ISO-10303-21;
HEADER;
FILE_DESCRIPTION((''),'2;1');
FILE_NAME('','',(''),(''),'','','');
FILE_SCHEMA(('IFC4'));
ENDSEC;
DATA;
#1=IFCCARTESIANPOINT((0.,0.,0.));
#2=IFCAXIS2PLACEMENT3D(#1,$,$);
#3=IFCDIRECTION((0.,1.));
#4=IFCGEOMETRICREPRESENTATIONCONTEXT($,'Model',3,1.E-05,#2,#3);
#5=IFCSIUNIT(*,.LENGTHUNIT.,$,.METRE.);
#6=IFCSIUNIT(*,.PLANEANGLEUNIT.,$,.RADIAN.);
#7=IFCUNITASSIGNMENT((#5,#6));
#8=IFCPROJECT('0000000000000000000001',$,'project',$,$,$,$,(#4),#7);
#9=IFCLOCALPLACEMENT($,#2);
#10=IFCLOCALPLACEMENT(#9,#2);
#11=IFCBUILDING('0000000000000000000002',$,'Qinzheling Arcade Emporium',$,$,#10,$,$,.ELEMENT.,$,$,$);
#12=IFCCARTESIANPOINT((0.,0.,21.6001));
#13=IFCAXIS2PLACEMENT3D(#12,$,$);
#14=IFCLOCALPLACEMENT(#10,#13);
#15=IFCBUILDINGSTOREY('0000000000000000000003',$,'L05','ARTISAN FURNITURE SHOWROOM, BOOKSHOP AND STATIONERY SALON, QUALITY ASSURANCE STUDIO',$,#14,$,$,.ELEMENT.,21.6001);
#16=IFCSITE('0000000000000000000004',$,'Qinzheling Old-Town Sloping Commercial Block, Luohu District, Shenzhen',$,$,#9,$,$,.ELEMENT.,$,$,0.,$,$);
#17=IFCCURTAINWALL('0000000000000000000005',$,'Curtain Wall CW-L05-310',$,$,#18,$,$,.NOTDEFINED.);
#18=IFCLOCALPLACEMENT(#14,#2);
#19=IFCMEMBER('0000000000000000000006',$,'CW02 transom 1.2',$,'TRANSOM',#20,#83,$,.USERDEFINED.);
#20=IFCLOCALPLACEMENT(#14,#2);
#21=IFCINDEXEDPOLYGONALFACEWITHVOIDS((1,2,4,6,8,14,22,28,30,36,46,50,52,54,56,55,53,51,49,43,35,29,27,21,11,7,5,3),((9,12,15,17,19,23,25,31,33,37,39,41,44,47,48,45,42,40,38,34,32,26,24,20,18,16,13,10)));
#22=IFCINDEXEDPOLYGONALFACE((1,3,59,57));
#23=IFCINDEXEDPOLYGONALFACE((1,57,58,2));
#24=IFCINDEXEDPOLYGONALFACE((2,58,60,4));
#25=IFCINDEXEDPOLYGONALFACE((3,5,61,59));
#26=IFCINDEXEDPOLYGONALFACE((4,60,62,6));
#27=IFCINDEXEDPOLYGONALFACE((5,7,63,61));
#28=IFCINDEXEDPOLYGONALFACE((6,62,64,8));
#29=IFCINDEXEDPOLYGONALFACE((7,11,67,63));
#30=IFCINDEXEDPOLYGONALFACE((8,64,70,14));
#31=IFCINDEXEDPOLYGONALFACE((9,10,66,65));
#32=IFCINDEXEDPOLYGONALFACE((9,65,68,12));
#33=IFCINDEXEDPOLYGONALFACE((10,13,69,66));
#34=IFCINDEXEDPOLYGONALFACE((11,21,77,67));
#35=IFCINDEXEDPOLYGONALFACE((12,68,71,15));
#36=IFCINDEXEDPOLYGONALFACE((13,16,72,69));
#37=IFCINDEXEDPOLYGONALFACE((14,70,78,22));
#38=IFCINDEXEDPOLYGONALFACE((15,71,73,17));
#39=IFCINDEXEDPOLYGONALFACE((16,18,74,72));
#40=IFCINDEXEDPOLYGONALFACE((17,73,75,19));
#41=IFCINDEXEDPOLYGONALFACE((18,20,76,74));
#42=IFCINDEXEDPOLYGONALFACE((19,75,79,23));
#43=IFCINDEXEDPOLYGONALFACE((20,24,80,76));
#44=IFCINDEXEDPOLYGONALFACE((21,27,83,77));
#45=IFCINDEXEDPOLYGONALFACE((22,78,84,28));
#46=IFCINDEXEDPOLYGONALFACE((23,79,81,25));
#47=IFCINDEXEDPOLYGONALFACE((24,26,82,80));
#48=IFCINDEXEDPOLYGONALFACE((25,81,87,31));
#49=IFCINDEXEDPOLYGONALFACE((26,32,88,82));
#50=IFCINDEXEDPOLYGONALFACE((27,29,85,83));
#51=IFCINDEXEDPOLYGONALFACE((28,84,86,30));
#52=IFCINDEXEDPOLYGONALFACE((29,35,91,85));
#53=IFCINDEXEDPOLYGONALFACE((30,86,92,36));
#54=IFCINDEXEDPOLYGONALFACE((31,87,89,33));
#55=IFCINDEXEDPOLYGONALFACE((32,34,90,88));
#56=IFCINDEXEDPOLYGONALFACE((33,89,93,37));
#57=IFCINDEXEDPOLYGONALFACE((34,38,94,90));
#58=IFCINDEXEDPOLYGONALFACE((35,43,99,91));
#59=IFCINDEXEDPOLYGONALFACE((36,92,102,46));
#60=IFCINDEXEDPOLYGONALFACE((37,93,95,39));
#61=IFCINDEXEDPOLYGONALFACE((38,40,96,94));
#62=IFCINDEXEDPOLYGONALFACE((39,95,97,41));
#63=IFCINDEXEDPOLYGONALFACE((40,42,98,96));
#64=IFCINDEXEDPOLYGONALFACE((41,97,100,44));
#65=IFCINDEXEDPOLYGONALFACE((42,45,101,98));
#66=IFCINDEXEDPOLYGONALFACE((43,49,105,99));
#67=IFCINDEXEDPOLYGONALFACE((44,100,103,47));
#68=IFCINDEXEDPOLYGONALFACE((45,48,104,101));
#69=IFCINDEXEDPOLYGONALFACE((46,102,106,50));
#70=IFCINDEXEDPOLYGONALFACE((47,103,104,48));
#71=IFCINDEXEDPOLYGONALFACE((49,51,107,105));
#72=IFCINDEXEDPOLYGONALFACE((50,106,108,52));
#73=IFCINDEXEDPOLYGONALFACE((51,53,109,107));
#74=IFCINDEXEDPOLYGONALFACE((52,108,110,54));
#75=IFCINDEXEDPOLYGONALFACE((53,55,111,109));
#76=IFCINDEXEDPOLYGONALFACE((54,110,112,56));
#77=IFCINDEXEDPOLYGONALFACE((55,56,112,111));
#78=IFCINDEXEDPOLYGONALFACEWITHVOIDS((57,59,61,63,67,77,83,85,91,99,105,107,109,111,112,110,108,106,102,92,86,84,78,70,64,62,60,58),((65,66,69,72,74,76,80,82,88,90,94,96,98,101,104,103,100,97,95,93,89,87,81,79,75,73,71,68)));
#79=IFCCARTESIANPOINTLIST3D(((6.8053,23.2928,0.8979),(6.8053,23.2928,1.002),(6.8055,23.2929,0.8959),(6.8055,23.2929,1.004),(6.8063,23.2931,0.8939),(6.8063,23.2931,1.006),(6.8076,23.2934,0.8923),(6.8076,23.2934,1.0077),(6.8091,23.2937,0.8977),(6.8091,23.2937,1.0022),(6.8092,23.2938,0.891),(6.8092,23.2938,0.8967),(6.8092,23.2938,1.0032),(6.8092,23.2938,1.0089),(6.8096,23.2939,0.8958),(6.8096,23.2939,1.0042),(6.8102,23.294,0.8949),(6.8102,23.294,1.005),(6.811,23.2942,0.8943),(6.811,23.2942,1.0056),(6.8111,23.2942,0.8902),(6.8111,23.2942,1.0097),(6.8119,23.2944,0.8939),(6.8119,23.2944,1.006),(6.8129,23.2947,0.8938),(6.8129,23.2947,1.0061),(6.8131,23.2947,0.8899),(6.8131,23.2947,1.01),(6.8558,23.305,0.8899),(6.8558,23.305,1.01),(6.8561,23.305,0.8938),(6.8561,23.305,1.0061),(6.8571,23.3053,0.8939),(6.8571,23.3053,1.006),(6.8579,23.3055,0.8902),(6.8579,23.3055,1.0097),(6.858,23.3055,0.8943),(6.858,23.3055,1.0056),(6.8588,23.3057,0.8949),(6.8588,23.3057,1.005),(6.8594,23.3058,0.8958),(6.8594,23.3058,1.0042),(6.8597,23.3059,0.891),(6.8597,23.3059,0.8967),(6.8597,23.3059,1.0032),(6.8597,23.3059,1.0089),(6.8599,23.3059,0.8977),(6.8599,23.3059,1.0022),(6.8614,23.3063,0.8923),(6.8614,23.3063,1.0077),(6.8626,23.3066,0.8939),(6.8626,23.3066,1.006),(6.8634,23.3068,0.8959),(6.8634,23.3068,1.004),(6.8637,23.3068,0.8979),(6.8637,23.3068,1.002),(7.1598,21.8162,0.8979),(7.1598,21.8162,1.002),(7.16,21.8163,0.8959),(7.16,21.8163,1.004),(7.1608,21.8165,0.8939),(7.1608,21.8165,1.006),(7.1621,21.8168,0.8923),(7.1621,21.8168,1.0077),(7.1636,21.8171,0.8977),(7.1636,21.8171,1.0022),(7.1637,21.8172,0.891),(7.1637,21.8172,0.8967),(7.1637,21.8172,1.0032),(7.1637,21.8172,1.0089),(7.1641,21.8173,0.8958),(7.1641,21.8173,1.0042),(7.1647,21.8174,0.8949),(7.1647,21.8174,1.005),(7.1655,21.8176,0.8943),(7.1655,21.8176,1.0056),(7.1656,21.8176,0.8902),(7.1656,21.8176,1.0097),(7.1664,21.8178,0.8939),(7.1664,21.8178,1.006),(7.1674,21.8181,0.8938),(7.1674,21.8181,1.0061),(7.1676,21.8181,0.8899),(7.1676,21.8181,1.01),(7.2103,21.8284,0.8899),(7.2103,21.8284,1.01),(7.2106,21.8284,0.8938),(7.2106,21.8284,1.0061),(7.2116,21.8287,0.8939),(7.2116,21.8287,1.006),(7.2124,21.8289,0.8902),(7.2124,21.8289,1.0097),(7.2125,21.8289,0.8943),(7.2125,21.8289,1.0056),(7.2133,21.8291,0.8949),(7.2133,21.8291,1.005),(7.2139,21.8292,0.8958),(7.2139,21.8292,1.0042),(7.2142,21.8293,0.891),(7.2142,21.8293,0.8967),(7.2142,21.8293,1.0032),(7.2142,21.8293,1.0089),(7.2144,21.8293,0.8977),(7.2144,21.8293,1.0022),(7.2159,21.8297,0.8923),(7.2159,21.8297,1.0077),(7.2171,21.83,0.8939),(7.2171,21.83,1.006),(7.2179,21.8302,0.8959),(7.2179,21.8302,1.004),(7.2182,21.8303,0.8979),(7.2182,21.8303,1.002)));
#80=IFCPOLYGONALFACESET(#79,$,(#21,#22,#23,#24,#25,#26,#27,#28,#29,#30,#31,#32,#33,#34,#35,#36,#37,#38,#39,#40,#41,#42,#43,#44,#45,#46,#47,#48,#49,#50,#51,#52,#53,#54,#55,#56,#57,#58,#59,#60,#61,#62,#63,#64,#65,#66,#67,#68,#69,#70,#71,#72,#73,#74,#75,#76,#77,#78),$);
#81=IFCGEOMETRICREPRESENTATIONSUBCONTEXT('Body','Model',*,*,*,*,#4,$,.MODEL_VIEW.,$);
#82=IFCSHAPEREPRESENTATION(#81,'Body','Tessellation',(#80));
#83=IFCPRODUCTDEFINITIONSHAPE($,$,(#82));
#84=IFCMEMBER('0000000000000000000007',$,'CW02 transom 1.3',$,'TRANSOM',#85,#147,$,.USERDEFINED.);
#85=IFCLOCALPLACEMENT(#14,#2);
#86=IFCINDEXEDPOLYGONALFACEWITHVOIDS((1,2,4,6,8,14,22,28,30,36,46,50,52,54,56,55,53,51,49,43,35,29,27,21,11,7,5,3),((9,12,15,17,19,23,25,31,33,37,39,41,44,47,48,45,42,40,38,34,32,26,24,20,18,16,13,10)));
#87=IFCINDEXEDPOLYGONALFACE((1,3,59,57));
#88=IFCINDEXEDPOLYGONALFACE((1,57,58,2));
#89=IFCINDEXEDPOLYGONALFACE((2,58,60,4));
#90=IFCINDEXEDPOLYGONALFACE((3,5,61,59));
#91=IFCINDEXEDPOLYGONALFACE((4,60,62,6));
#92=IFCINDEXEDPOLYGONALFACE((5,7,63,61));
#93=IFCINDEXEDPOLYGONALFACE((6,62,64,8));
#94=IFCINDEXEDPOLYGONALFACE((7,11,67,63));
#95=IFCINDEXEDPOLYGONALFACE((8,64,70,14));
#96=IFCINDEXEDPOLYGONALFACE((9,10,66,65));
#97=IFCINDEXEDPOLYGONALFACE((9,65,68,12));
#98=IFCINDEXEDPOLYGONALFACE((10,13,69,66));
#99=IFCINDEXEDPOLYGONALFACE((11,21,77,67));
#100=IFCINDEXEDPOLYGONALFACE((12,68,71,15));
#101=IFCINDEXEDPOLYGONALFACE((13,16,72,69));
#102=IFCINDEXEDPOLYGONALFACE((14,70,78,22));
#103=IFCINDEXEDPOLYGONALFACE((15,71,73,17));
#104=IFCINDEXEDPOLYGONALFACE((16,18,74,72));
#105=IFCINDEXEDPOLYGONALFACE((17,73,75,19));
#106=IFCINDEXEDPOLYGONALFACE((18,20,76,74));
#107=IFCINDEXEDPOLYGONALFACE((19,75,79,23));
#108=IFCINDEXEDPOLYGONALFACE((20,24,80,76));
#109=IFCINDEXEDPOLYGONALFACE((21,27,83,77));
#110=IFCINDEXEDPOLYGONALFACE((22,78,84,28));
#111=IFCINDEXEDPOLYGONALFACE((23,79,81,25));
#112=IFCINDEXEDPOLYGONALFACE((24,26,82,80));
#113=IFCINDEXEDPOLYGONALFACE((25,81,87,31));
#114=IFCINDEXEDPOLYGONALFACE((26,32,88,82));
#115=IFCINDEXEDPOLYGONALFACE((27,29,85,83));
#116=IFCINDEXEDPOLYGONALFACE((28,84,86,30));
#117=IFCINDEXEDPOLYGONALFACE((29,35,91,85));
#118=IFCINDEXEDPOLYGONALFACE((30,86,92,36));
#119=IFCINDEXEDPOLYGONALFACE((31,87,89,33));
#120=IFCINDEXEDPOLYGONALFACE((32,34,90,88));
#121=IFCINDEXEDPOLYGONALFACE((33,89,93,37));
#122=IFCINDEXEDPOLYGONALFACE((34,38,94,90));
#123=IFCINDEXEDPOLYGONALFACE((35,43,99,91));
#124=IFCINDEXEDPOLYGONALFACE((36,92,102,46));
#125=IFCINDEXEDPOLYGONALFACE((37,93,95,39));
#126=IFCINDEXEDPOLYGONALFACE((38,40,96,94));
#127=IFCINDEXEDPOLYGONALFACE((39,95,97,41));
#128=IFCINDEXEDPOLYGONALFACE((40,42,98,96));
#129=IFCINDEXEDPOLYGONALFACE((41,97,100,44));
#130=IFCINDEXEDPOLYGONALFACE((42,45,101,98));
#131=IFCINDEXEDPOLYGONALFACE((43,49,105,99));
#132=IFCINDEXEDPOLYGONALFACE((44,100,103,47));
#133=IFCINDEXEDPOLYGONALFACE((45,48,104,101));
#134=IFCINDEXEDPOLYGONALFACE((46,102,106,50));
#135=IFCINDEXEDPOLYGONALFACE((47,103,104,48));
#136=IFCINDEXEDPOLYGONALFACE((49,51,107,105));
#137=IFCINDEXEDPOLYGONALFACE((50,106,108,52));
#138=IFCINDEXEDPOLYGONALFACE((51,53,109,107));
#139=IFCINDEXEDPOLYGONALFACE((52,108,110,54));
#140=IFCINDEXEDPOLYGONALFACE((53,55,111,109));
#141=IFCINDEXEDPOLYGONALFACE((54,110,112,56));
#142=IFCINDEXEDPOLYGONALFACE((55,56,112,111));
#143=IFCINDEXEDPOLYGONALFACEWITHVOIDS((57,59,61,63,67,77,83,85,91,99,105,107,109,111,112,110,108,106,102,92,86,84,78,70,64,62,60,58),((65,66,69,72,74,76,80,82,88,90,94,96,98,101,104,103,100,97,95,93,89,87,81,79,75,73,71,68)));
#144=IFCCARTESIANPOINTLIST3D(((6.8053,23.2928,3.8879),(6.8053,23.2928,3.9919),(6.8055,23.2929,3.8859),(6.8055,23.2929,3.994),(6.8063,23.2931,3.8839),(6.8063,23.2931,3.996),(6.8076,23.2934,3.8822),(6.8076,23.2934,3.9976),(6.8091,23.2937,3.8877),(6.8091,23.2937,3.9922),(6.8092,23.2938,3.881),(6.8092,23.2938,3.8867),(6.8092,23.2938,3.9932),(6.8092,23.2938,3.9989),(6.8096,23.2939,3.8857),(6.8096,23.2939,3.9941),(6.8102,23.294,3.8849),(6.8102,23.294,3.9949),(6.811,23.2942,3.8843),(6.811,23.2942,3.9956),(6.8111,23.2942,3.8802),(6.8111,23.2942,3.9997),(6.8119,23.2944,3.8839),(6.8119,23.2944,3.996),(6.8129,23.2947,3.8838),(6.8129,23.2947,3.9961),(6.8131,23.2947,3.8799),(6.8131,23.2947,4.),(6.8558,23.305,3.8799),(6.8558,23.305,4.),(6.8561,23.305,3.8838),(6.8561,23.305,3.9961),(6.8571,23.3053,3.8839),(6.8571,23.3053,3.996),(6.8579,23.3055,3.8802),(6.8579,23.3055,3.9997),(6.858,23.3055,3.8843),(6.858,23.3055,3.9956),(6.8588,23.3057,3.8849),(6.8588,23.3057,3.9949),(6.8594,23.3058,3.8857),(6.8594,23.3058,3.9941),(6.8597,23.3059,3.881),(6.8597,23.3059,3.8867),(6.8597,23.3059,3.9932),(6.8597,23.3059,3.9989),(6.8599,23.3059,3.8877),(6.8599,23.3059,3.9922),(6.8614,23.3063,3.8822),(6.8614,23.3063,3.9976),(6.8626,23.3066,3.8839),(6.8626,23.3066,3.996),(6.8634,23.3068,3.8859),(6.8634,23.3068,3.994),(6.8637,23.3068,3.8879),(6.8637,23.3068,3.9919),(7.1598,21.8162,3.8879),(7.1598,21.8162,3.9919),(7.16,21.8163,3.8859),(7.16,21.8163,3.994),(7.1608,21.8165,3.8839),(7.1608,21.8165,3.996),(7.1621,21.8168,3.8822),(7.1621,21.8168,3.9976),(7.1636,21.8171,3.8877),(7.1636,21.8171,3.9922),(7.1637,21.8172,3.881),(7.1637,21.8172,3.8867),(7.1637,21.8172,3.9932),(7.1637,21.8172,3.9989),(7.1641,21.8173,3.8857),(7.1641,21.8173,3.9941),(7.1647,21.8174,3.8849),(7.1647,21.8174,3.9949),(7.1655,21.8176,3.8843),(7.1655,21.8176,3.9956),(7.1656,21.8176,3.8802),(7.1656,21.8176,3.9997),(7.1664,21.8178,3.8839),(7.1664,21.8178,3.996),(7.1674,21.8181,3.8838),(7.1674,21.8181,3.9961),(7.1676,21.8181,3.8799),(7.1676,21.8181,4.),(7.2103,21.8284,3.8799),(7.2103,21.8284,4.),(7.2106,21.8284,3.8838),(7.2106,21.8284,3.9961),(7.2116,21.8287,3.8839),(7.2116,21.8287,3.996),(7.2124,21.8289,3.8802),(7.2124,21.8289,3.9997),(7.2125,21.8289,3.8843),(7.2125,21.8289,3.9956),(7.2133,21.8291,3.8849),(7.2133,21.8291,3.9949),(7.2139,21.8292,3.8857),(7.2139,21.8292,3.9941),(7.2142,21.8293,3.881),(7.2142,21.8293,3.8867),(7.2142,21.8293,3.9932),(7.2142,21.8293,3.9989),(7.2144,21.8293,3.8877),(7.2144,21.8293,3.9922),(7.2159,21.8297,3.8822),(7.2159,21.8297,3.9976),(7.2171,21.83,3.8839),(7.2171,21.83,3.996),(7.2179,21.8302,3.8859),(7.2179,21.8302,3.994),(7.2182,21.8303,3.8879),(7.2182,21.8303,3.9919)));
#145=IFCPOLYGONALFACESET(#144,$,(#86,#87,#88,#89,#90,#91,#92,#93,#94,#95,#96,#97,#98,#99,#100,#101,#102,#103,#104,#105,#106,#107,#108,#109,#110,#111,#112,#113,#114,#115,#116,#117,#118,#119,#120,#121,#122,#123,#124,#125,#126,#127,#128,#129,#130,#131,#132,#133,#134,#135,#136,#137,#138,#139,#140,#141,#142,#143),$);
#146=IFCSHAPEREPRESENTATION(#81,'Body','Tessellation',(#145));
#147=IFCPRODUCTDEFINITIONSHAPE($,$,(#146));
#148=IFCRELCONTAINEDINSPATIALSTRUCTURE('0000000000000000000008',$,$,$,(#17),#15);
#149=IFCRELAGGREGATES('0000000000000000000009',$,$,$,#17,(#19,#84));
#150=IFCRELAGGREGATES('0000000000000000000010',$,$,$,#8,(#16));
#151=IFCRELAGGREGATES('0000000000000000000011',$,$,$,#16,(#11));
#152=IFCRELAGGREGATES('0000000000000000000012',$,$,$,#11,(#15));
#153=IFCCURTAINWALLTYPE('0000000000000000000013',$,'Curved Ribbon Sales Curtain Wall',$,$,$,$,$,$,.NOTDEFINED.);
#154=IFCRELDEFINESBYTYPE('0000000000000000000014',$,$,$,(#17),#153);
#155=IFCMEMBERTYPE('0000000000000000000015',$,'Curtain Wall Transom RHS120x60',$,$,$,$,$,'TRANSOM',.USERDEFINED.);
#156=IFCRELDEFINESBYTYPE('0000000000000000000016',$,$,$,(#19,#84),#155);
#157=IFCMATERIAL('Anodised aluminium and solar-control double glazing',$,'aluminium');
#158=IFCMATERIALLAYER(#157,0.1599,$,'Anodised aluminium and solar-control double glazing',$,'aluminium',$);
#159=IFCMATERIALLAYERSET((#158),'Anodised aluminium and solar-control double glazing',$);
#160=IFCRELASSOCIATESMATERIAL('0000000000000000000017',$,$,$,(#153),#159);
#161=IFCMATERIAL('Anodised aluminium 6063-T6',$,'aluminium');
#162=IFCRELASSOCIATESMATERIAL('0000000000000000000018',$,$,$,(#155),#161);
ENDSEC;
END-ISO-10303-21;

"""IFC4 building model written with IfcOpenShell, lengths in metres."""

from ifc_helpers import new_model, si_unit, direction, frame, origin, origin_2d, place, context, subcontext, project, spatial, hollow_rectangle, extrude, material, layer, layer_set, material_profile, profile_set, type_object, element, aggregate, save


model = new_model("IFC4")

# Units and contexts
model_context = context("Model", 3, precision=1e-05, world=origin(), true_north=direction((0.0, 1.0)))
body_context = subcontext(model_context, "Body", "Model", "MODEL_VIEW")
ifc_project = project(units=[si_unit("LENGTHUNIT", "METRE"), si_unit("PLANEANGLEUNIT", "RADIAN")], contexts=[model_context])

# Site, building, storey
site_placement = place(None, origin())
site = spatial("IfcSite", under=ifc_project, at=site_placement, Name="Qinzheling Old-Town Sloping Commercial Block, Luohu District, Shenzhen", CompositionType="ELEMENT", RefElevation=0.0)
building_placement = place(site_placement, origin())
building = spatial("IfcBuilding", under=site, at=building_placement, Name="Qinzheling Arcade Emporium", CompositionType="ELEMENT")
storey_placement = place(building_placement, frame((0.0, 0.0, 21.6001)))
storey = spatial("IfcBuildingStorey", under=building, at=storey_placement, Name="L05", Description="ARTISAN FURNITURE SHOWROOM, BOOKSHOP AND STATIONERY SALON, QUALITY ASSURANCE STUDIO", CompositionType="ELEMENT", Elevation=21.6001)

# Curtain wall
ifc_material_1 = material(Name="Anodised aluminium and solar-control double glazing", Category="aluminium")
ifc_layer_1 = layer(ifc_material_1, 0.1599, Name="Anodised aluminium and solar-control double glazing", Category="aluminium")
ifc_layer_set_1 = layer_set([ifc_layer_1], Name="Anodised aluminium and solar-control double glazing")
curtain_wall_type = type_object("IfcCurtainWallType", Name="Curved Ribbon Sales Curtain Wall", PredefinedType="NOTDEFINED", material=ifc_layer_set_1)
ifc_material_2 = material(Name="Anodised aluminium 6063-T6", Category="aluminium")
curtain_wall_1_placement = place(storey_placement, origin())
curtain_wall_1 = element("IfcCurtainWall", 1, at=curtain_wall_1_placement, inside=storey, type_object=curtain_wall_type, Name="Curtain Wall CW-L05-310", PredefinedType="NOTDEFINED")

# Members
ifc_material_profile_1 = material_profile(ifc_material_2, hollow_rectangle(XDim=0.0601, YDim=0.1201, WallThickness=0.0039, InnerFilletRadius=0.0039, OuterFilletRadius=0.0081, at=origin_2d()), Name="RHS 120x60x4", Category="aluminium")
ifc_profile_set_1 = profile_set([ifc_material_profile_1], Name="Anodised aluminium 6063-T6")
member_type_1 = type_object("IfcMemberType", Name="Curtain Wall Transom RHS120x60", ElementType="TRANSOM", PredefinedType="USERDEFINED", material=ifc_profile_set_1)
member_1_placement = place(storey_placement, frame((7.189, 21.8232, 0.95), z_axis=(-0.233446, 0.97237, 0.0), x_axis=(-0.97237, -0.233446, 0.0)))
member_1 = element("IfcMember", 2, at=member_1_placement, type_object=member_type_1, Name="CW02 transom 1.2", ObjectType="TRANSOM", PredefinedType="USERDEFINED", context=body_context, shape_type="SweptSolid", body=[
    extrude(hollow_rectangle(XDim=0.0601, YDim=0.1201, WallThickness=0.0039, InnerFilletRadius=0.0039, OuterFilletRadius=0.0081, at=origin_2d()), origin(), (0.0, 0.0, 1.0), 1.5186),
])
member_2_placement = place(storey_placement, frame((7.189, 21.8232, 3.9399), z_axis=(-0.233446, 0.97237, 0.0), x_axis=(-0.97237, -0.233446, 0.0)))
member_2 = element("IfcMember", 3, at=member_2_placement, type_object=member_type_1, Name="CW02 transom 1.3", ObjectType="TRANSOM", PredefinedType="USERDEFINED", context=body_context, shape_type="SweptSolid", body=[
    extrude(hollow_rectangle(XDim=0.0601, YDim=0.1201, WallThickness=0.0039, InnerFilletRadius=0.0039, OuterFilletRadius=0.0081, at=origin_2d()), origin(), (0.0, 0.0, 1.0), 1.5186),
])

aggregate(curtain_wall_1, [member_1, member_2])

save(model, "model.ifc")
